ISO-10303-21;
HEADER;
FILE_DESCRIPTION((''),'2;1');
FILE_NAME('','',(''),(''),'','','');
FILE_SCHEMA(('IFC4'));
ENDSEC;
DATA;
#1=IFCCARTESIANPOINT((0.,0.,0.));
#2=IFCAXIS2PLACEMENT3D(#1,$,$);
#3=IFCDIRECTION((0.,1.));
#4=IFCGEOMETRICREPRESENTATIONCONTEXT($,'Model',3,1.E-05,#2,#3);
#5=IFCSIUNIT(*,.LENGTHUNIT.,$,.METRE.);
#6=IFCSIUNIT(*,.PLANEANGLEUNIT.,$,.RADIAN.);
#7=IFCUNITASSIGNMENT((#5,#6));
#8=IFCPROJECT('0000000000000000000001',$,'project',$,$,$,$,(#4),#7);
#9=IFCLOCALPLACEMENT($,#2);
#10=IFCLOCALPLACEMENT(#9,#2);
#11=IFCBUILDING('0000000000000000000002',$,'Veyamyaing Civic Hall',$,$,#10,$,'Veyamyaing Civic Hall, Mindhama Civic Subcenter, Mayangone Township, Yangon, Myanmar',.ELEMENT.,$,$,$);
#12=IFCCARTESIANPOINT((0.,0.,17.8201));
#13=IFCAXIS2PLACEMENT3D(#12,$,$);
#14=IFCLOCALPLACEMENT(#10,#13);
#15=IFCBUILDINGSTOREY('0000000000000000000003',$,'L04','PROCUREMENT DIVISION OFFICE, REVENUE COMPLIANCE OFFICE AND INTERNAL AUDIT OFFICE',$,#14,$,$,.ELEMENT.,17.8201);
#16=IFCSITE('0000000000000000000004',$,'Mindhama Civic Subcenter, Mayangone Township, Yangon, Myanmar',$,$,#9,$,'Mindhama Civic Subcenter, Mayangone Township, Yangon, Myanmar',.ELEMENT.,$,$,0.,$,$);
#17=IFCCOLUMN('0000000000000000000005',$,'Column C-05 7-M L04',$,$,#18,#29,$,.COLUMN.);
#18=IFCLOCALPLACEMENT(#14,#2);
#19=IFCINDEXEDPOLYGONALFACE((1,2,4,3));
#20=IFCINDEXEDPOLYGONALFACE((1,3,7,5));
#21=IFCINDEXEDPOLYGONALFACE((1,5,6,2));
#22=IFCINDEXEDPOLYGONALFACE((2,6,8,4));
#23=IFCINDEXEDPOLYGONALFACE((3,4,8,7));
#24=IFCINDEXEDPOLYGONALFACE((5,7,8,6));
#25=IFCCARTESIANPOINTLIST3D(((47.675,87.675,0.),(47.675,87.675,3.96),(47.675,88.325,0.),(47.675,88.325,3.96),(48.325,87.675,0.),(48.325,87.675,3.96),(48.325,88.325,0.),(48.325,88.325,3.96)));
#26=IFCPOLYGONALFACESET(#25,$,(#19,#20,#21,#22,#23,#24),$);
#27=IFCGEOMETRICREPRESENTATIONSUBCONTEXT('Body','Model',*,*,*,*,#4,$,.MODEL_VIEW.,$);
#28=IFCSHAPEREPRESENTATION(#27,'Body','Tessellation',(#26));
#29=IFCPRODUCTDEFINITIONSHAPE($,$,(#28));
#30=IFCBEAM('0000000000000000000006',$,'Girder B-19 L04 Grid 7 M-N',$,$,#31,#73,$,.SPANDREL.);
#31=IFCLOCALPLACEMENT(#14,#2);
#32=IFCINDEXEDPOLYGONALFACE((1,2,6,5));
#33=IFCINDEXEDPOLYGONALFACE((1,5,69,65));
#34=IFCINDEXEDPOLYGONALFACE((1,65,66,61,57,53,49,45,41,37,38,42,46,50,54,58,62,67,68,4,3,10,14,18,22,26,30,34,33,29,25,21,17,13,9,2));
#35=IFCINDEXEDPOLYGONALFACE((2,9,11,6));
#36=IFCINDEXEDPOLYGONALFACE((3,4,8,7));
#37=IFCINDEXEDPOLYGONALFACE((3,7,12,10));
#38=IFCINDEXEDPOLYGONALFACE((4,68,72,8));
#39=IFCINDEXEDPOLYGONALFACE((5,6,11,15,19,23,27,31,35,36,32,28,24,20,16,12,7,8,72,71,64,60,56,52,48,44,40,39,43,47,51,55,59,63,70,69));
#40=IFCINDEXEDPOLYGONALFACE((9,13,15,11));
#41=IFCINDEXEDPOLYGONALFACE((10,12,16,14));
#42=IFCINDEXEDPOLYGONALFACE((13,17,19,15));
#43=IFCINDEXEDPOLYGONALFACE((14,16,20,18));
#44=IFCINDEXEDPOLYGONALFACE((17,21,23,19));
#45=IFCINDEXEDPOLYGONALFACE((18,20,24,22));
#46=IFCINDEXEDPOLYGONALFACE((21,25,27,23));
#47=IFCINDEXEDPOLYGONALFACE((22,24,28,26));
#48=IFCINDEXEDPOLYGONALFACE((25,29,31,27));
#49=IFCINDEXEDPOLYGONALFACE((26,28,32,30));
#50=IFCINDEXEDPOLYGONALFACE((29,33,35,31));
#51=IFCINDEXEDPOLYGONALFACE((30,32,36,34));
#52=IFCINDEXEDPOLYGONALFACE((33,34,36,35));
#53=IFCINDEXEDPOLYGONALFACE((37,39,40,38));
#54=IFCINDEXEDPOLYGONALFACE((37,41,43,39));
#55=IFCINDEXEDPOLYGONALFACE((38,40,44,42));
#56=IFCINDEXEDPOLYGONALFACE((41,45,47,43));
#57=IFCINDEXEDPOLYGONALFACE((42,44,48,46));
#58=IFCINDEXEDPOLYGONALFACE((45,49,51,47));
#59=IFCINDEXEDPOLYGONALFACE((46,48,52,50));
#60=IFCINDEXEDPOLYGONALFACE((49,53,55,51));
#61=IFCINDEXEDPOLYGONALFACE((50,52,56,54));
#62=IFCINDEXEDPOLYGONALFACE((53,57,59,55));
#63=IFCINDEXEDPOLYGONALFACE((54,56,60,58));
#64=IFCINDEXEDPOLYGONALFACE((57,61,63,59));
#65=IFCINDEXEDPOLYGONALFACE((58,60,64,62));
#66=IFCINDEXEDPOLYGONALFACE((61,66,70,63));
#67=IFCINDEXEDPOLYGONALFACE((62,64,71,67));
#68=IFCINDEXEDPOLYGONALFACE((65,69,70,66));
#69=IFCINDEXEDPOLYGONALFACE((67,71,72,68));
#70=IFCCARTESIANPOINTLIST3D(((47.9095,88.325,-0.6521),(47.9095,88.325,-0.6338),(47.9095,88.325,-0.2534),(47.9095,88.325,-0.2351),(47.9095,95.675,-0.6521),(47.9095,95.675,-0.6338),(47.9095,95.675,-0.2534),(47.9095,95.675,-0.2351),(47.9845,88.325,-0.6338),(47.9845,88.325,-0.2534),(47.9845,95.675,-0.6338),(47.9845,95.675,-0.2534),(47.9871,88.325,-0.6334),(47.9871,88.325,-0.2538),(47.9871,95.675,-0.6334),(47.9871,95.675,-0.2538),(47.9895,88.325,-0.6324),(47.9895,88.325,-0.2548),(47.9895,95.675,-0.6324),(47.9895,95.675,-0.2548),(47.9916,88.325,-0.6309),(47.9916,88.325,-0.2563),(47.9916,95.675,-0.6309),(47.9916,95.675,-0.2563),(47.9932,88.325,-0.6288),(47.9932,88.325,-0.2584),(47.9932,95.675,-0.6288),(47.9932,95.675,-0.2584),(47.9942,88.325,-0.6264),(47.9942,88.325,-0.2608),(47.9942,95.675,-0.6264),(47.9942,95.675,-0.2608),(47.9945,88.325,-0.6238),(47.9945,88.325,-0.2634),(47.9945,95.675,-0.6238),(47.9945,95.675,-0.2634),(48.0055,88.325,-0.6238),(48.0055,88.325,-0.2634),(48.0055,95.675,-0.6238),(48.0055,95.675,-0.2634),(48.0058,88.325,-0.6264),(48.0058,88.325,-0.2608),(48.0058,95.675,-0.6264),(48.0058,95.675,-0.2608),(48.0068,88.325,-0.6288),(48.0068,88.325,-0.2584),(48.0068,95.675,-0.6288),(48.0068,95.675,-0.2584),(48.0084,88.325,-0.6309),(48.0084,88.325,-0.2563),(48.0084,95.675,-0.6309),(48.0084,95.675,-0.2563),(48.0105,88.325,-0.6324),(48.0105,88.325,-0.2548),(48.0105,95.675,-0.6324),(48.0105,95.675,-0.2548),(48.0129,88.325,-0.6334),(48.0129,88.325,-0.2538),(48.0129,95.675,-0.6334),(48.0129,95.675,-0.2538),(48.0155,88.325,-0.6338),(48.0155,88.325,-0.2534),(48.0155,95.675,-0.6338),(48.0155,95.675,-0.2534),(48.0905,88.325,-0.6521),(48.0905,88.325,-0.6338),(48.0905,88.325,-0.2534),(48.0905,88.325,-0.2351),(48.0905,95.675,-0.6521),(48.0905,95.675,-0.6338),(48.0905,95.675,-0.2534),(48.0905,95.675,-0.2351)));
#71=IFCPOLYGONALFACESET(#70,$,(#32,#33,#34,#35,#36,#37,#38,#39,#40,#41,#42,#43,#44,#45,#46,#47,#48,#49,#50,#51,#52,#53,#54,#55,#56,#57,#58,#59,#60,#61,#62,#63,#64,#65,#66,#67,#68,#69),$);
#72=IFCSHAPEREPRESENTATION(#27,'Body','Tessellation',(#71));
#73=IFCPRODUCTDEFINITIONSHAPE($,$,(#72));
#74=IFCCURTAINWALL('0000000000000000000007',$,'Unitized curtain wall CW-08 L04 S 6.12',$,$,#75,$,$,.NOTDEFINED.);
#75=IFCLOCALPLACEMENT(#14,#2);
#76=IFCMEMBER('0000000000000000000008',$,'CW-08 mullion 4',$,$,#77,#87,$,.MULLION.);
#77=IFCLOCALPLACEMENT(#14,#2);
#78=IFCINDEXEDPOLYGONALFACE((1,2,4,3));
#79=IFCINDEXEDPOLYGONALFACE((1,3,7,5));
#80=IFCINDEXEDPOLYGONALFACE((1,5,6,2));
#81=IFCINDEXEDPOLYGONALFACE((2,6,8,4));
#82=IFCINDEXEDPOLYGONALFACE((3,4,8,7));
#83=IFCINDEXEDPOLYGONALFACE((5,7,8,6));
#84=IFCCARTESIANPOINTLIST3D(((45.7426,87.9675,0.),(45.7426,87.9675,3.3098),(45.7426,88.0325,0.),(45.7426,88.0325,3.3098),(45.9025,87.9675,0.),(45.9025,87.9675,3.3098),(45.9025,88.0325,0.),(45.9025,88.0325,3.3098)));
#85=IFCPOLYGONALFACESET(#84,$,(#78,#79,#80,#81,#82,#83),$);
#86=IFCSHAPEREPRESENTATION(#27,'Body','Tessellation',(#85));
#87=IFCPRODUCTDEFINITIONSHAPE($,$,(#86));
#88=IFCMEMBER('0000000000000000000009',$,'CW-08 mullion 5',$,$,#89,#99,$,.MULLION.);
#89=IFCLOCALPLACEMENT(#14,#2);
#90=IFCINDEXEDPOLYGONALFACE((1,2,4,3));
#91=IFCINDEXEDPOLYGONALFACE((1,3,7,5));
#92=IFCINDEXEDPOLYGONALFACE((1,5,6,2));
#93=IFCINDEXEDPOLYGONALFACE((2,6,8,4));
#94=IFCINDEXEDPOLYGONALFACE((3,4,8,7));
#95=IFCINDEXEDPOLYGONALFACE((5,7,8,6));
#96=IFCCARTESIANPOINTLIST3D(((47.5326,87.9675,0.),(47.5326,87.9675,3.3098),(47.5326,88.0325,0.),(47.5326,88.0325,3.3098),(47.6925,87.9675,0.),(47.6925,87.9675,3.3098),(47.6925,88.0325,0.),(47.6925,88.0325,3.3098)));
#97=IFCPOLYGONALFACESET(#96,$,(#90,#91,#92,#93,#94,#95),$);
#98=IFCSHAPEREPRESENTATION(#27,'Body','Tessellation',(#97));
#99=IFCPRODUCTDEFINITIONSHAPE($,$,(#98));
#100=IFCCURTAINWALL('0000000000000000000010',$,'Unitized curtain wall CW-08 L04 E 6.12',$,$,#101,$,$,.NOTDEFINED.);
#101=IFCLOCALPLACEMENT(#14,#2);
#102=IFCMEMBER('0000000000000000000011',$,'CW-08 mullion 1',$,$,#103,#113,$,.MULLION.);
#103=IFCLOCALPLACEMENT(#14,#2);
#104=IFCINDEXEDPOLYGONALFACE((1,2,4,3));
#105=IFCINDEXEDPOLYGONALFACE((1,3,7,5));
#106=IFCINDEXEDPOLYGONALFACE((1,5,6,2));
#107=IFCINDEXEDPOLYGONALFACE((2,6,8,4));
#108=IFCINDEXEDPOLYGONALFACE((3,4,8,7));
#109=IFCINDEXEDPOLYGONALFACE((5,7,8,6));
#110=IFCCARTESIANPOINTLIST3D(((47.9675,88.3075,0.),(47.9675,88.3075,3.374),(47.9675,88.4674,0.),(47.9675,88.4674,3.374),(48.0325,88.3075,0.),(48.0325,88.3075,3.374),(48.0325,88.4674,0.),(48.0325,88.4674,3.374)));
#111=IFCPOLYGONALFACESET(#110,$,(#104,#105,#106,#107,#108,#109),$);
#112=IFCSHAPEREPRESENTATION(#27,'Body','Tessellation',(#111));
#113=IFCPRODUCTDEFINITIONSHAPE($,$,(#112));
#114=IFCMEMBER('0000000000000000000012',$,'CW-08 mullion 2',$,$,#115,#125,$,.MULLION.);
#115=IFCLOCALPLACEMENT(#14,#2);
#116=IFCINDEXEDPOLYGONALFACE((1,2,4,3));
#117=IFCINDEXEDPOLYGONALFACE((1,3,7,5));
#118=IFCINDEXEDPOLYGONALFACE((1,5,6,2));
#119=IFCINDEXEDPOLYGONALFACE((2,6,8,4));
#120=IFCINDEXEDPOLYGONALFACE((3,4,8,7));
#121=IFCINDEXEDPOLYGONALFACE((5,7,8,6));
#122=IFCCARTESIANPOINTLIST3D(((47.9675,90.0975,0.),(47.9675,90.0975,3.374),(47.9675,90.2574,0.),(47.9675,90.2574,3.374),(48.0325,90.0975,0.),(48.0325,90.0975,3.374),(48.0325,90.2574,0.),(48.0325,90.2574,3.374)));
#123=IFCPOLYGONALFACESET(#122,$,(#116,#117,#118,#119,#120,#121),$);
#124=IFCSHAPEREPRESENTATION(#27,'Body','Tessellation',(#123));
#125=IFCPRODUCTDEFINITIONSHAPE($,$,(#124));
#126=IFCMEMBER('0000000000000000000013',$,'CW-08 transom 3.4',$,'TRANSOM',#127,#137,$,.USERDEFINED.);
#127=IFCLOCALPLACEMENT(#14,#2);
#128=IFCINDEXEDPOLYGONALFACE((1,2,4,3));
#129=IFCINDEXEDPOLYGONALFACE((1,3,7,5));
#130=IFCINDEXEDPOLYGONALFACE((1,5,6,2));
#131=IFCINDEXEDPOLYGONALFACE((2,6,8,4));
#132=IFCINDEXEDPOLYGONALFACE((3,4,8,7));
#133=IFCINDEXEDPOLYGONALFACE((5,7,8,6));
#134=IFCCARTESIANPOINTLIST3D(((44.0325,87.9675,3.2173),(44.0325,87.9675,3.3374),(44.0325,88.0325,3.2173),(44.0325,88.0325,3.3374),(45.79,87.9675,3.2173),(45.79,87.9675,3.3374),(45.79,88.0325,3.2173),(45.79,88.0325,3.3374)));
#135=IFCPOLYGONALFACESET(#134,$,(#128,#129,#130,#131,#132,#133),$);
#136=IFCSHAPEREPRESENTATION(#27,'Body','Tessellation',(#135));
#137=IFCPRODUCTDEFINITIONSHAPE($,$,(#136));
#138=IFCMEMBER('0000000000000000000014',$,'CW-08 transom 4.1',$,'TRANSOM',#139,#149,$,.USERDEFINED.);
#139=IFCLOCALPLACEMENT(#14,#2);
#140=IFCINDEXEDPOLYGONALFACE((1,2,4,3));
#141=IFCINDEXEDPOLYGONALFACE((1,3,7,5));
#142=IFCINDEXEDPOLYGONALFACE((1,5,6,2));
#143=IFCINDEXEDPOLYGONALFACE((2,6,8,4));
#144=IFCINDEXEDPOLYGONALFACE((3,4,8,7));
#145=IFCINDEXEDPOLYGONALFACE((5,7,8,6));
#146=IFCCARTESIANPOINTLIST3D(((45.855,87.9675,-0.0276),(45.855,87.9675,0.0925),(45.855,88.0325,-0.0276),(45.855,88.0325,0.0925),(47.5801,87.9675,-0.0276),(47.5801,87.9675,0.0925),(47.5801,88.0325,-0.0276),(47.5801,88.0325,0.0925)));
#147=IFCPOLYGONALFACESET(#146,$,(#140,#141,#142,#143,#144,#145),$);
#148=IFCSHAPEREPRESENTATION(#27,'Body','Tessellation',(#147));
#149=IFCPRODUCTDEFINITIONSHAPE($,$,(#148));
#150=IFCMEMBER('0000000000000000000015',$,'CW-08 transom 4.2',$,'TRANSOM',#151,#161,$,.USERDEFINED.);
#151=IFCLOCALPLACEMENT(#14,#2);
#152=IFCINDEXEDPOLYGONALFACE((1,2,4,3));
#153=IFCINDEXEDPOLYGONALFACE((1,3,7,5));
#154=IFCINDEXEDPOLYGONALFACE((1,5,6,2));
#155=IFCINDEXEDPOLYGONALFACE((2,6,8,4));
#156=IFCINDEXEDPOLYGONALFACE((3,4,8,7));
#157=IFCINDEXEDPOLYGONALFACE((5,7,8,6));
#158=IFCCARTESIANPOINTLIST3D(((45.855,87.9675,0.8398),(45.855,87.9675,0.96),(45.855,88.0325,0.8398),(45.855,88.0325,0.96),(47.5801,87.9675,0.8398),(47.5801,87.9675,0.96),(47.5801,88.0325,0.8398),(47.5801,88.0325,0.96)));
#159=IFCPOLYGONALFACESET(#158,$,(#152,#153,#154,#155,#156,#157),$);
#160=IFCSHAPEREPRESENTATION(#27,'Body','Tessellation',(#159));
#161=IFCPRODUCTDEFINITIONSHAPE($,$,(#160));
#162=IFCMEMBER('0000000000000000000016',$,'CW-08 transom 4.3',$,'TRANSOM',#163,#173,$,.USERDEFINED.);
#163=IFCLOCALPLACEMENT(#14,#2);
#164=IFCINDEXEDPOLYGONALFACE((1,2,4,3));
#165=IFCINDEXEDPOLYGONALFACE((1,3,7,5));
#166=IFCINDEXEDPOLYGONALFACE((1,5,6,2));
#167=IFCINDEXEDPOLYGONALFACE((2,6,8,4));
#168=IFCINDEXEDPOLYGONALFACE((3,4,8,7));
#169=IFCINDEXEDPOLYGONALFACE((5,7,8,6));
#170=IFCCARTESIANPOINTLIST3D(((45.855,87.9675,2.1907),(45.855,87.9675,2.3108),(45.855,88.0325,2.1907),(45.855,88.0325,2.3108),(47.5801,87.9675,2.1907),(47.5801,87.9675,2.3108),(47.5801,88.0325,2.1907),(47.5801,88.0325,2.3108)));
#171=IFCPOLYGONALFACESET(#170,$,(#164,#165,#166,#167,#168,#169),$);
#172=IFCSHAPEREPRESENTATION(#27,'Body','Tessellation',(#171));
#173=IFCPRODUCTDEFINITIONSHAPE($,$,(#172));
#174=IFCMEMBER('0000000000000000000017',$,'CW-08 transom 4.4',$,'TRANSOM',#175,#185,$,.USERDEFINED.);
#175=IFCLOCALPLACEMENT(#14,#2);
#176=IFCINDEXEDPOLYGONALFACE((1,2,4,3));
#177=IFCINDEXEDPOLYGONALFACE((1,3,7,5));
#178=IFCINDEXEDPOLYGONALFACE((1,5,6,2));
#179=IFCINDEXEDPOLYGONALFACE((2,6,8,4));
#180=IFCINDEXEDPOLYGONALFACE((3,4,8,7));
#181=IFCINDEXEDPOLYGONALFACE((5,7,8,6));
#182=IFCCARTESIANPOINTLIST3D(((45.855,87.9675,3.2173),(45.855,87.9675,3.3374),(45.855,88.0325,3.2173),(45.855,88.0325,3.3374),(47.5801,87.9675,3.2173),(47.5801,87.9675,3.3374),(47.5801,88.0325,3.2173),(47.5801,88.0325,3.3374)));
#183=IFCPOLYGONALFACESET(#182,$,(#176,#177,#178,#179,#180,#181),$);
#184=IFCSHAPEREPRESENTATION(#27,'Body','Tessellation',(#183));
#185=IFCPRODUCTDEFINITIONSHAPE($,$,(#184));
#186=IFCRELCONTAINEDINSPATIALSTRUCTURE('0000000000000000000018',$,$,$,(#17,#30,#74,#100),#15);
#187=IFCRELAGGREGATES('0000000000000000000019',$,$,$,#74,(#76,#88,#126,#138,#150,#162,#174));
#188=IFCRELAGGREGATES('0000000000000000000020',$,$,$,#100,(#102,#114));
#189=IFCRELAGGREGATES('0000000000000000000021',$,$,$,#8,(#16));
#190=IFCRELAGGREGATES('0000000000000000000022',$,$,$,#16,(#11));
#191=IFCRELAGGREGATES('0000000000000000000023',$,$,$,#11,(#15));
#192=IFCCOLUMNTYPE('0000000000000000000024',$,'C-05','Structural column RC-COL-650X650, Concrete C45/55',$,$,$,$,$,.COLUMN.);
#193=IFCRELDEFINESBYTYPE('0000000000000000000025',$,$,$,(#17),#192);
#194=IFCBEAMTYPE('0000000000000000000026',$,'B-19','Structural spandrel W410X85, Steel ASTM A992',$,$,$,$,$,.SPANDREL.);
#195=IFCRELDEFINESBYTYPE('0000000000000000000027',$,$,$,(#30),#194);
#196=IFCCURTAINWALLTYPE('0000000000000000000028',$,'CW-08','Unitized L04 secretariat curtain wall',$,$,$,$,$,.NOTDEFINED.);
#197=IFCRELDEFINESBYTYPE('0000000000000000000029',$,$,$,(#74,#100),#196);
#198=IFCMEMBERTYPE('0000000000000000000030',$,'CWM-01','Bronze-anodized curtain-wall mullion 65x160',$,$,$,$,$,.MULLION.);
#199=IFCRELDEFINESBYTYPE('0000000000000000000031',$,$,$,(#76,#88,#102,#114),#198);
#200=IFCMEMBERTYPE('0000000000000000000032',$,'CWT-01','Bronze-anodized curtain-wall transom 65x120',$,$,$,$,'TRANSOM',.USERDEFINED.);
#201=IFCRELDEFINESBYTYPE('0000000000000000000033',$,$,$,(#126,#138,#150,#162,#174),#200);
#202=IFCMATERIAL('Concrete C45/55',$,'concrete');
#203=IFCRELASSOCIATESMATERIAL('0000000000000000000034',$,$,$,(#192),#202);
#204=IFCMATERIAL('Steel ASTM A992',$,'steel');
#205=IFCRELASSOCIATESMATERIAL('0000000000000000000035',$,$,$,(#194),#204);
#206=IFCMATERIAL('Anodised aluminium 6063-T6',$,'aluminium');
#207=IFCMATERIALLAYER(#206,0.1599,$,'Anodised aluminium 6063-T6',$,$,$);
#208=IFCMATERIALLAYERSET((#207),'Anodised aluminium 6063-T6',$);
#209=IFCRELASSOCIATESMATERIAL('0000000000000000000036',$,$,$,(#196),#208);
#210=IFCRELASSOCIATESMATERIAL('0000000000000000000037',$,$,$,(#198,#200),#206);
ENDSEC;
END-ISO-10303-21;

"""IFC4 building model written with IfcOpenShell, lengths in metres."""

from ifc_helpers import new_model, si_unit, direction, frame, origin, origin_2d, place, context, subcontext, project, spatial, rectangle, i_section, extrude, material, layer, layer_set, material_profile, profile_set, type_object, element, aggregate, save


model = new_model("IFC4")

# Units and contexts
model_context = context("Model", 3, precision=1e-05, world=origin(), true_north=direction((0.0, 1.0)))
body_context = subcontext(model_context, "Body", "Model", "MODEL_VIEW")
ifc_project = project(units=[si_unit("LENGTHUNIT", "METRE"), si_unit("PLANEANGLEUNIT", "RADIAN")], contexts=[model_context])

# Site, building, storey
site_placement = place(None, origin())
site = spatial("IfcSite", under=ifc_project, at=site_placement, Name="Mindhama Civic Subcenter, Mayangone Township, Yangon, Myanmar", LongName="Mindhama Civic Subcenter, Mayangone Township, Yangon, Myanmar", CompositionType="ELEMENT", RefElevation=0.0)
building_placement = place(site_placement, origin())
building = spatial("IfcBuilding", under=site, at=building_placement, Name="Veyamyaing Civic Hall", LongName="Veyamyaing Civic Hall, Mindhama Civic Subcenter, Mayangone Township, Yangon, Myanmar", CompositionType="ELEMENT")
storey_placement = place(building_placement, frame((0.0, 0.0, 17.8201)))
storey = spatial("IfcBuildingStorey", under=building, at=storey_placement, Name="L04", Description="PROCUREMENT DIVISION OFFICE, REVENUE COMPLIANCE OFFICE AND INTERNAL AUDIT OFFICE", CompositionType="ELEMENT", Elevation=17.8201)

# Column
ifc_material_1 = material(Name="Concrete C45/55", Category="concrete")
ifc_material_profile_1 = material_profile(ifc_material_1, rectangle(XDim=0.6499, YDim=0.6499, at=origin_2d()), Name="RC-COL-650X650")
ifc_profile_set_1 = profile_set([ifc_material_profile_1], Name="Concrete C45/55")
column_type = type_object("IfcColumnType", Name="C-05", Description="Structural column RC-COL-650X650, Concrete C45/55", PredefinedType="COLUMN", material=ifc_profile_set_1)
column_placement = place(storey_placement, frame((48.0, 88.0, 0.0), z_axis=(0.0, 0.0, 1.0), x_axis=(1.0, 0.0, 0.0)))
element("IfcColumn", 1, at=column_placement, inside=storey, type_object=column_type, Name="Column C-05 7-M L04", PredefinedType="COLUMN", context=body_context, shape_type="SweptSolid", body=[
    extrude(rectangle(XDim=0.6499, YDim=0.6499, at=origin_2d()), origin(), (0.0, 0.0, 1.0), 3.96),
])

# Beam
ifc_material_2 = material(Name="Steel ASTM A992", Category="steel")
ifc_material_profile_2 = material_profile(ifc_material_2, i_section(OverallWidth=0.1809, OverallDepth=0.417, WebThickness=0.011, FlangeThickness=0.0183, FilletRadius=0.01, at=origin_2d()), Name="W410X85")
ifc_profile_set_2 = profile_set([ifc_material_profile_2], Name="Steel ASTM A992")
beam_type = type_object("IfcBeamType", Name="B-19", Description="Structural spandrel W410X85, Steel ASTM A992", PredefinedType="SPANDREL", material=ifc_profile_set_2)
beam_placement = place(storey_placement, frame((48.0, 88.325, -0.4436), z_axis=(0.0, 1.0, 0.0), x_axis=(-1.0, 0.0, 0.0)))
element("IfcBeam", 2, at=beam_placement, inside=storey, type_object=beam_type, Name="Girder B-19 L04 Grid 7 M-N", PredefinedType="SPANDREL", context=body_context, shape_type="SweptSolid", body=[
    extrude(i_section(OverallWidth=0.1809, OverallDepth=0.417, WebThickness=0.011, FlangeThickness=0.0183, FilletRadius=0.01, at=origin_2d()), origin(), (0.0, 0.0, 1.0), 7.3501),
])

# Curtain walls, members
ifc_material_3 = material(Name="Anodised aluminium 6063-T6", Category="aluminium")
ifc_layer_1 = layer(ifc_material_3, 0.1599, Name="Anodised aluminium 6063-T6")
ifc_layer_set_1 = layer_set([ifc_layer_1], Name="Anodised aluminium 6063-T6")
curtain_wall_type = type_object("IfcCurtainWallType", Name="CW-08", Description="Unitized L04 secretariat curtain wall", PredefinedType="NOTDEFINED", material=ifc_layer_set_1)
curtain_wall_1_placement = place(storey_placement, origin())
curtain_wall_1 = element("IfcCurtainWall", 3, at=curtain_wall_1_placement, inside=storey, type_object=curtain_wall_type, Name="Unitized curtain wall CW-08 L04 S 6.12", PredefinedType="NOTDEFINED")
ifc_material_profile_3 = material_profile(ifc_material_3, rectangle(XDim=0.0649, YDim=0.1599, at=origin_2d()), Name="ALU-MUL-65X160")
ifc_profile_set_3 = profile_set([ifc_material_profile_3], Name="Anodised aluminium 6063-T6")
member_type_1 = type_object("IfcMemberType", Name="CWM-01", Description="Bronze-anodized curtain-wall mullion 65x160", PredefinedType="MULLION", material=ifc_profile_set_3)
member_1_placement = place(storey_placement, frame((45.8225, 88.0, 0.0), z_axis=(0.0, 0.0, 1.0), x_axis=(0.0, 1.0, 0.0)))
member_1 = element("IfcMember", 4, at=member_1_placement, type_object=member_type_1, Name="CW-08 mullion 4", PredefinedType="MULLION", context=body_context, shape_type="SweptSolid", body=[
    extrude(rectangle(XDim=0.0649, YDim=0.1599, at=origin_2d()), origin(), (0.0, 0.0, 1.0), 3.3098),
])
member_2_placement = place(storey_placement, frame((47.6125, 88.0, 0.0), z_axis=(0.0, 0.0, 1.0), x_axis=(0.0, 1.0, 0.0)))
member_2 = element("IfcMember", 5, at=member_2_placement, type_object=member_type_1, Name="CW-08 mullion 5", PredefinedType="MULLION", context=body_context, shape_type="SweptSolid", body=[
    extrude(rectangle(XDim=0.0649, YDim=0.1599, at=origin_2d()), origin(), (0.0, 0.0, 1.0), 3.3098),
])
curtain_wall_2_placement = place(storey_placement, origin())
curtain_wall_2 = element("IfcCurtainWall", 6, at=curtain_wall_2_placement, inside=storey, type_object=curtain_wall_type, Name="Unitized curtain wall CW-08 L04 E 6.12", PredefinedType="NOTDEFINED")
member_3_placement = place(storey_placement, frame((48.0, 88.3875, 0.0), z_axis=(0.0, 0.0, 1.0), x_axis=(-1.0, 0.0, 0.0)))
member_3 = element("IfcMember", 7, at=member_3_placement, type_object=member_type_1, Name="CW-08 mullion 1", PredefinedType="MULLION", context=body_context, shape_type="SweptSolid", body=[
    extrude(rectangle(XDim=0.0649, YDim=0.1599, at=origin_2d()), origin(), (0.0, 0.0, 1.0), 3.374),
])
member_4_placement = place(storey_placement, frame((48.0, 90.1775, 0.0), z_axis=(0.0, 0.0, 1.0), x_axis=(-1.0, 0.0, 0.0)))
member_4 = element("IfcMember", 8, at=member_4_placement, type_object=member_type_1, Name="CW-08 mullion 2", PredefinedType="MULLION", context=body_context, shape_type="SweptSolid", body=[
    extrude(rectangle(XDim=0.0649, YDim=0.1599, at=origin_2d()), origin(), (0.0, 0.0, 1.0), 3.374),
])

# Members
ifc_material_profile_4 = material_profile(ifc_material_3, rectangle(XDim=0.0649, YDim=0.1201, at=origin_2d()), Name="ALU-TRN-65X120")
ifc_profile_set_4 = profile_set([ifc_material_profile_4], Name="Anodised aluminium 6063-T6")
member_type_2 = type_object("IfcMemberType", Name="CWT-01", Description="Bronze-anodized curtain-wall transom 65x120", ElementType="TRANSOM", PredefinedType="USERDEFINED", material=ifc_profile_set_4)
member_5_placement = place(storey_placement, frame((44.0325, 88.0, 3.2773), z_axis=(1.0, 0.0, 0.0), x_axis=(0.0, 1.0, 0.0)))
member_5 = element("IfcMember", 9, at=member_5_placement, type_object=member_type_2, Name="CW-08 transom 3.4", ObjectType="TRANSOM", PredefinedType="USERDEFINED", context=body_context, shape_type="SweptSolid", body=[
    extrude(rectangle(XDim=0.0649, YDim=0.1201, at=origin_2d()), origin(), (0.0, 0.0, 1.0), 1.7576),
])
member_6_placement = place(storey_placement, frame((45.855, 88.0, 0.0325), z_axis=(1.0, 0.0, 0.0), x_axis=(0.0, 1.0, 0.0)))
member_6 = element("IfcMember", 10, at=member_6_placement, type_object=member_type_2, Name="CW-08 transom 4.1", ObjectType="TRANSOM", PredefinedType="USERDEFINED", context=body_context, shape_type="SweptSolid", body=[
    extrude(rectangle(XDim=0.0649, YDim=0.1201, at=origin_2d()), origin(), (0.0, 0.0, 1.0), 1.7251),
])
member_7_placement = place(storey_placement, frame((45.855, 88.0, 0.8999), z_axis=(1.0, 0.0, 0.0), x_axis=(0.0, 1.0, 0.0)))
member_7 = element("IfcMember", 11, at=member_7_placement, type_object=member_type_2, Name="CW-08 transom 4.2", ObjectType="TRANSOM", PredefinedType="USERDEFINED", context=body_context, shape_type="SweptSolid", body=[
    extrude(rectangle(XDim=0.0649, YDim=0.1201, at=origin_2d()), origin(), (0.0, 0.0, 1.0), 1.7251),
])
member_8_placement = place(storey_placement, frame((45.855, 88.0, 2.2507), z_axis=(1.0, 0.0, 0.0), x_axis=(0.0, 1.0, 0.0)))
member_8 = element("IfcMember", 12, at=member_8_placement, type_object=member_type_2, Name="CW-08 transom 4.3", ObjectType="TRANSOM", PredefinedType="USERDEFINED", context=body_context, shape_type="SweptSolid", body=[
    extrude(rectangle(XDim=0.0649, YDim=0.1201, at=origin_2d()), origin(), (0.0, 0.0, 1.0), 1.7251),
])
member_9_placement = place(storey_placement, frame((45.855, 88.0, 3.2773), z_axis=(1.0, 0.0, 0.0), x_axis=(0.0, 1.0, 0.0)))
member_9 = element("IfcMember", 13, at=member_9_placement, type_object=member_type_2, Name="CW-08 transom 4.4", ObjectType="TRANSOM", PredefinedType="USERDEFINED", context=body_context, shape_type="SweptSolid", body=[
    extrude(rectangle(XDim=0.0649, YDim=0.1201, at=origin_2d()), origin(), (0.0, 0.0, 1.0), 1.7251),
])

aggregate(curtain_wall_1, [member_1, member_2, member_5, member_6, member_7, member_8, member_9])
aggregate(curtain_wall_2, [member_3, member_4])

save(model, "model.ifc")
